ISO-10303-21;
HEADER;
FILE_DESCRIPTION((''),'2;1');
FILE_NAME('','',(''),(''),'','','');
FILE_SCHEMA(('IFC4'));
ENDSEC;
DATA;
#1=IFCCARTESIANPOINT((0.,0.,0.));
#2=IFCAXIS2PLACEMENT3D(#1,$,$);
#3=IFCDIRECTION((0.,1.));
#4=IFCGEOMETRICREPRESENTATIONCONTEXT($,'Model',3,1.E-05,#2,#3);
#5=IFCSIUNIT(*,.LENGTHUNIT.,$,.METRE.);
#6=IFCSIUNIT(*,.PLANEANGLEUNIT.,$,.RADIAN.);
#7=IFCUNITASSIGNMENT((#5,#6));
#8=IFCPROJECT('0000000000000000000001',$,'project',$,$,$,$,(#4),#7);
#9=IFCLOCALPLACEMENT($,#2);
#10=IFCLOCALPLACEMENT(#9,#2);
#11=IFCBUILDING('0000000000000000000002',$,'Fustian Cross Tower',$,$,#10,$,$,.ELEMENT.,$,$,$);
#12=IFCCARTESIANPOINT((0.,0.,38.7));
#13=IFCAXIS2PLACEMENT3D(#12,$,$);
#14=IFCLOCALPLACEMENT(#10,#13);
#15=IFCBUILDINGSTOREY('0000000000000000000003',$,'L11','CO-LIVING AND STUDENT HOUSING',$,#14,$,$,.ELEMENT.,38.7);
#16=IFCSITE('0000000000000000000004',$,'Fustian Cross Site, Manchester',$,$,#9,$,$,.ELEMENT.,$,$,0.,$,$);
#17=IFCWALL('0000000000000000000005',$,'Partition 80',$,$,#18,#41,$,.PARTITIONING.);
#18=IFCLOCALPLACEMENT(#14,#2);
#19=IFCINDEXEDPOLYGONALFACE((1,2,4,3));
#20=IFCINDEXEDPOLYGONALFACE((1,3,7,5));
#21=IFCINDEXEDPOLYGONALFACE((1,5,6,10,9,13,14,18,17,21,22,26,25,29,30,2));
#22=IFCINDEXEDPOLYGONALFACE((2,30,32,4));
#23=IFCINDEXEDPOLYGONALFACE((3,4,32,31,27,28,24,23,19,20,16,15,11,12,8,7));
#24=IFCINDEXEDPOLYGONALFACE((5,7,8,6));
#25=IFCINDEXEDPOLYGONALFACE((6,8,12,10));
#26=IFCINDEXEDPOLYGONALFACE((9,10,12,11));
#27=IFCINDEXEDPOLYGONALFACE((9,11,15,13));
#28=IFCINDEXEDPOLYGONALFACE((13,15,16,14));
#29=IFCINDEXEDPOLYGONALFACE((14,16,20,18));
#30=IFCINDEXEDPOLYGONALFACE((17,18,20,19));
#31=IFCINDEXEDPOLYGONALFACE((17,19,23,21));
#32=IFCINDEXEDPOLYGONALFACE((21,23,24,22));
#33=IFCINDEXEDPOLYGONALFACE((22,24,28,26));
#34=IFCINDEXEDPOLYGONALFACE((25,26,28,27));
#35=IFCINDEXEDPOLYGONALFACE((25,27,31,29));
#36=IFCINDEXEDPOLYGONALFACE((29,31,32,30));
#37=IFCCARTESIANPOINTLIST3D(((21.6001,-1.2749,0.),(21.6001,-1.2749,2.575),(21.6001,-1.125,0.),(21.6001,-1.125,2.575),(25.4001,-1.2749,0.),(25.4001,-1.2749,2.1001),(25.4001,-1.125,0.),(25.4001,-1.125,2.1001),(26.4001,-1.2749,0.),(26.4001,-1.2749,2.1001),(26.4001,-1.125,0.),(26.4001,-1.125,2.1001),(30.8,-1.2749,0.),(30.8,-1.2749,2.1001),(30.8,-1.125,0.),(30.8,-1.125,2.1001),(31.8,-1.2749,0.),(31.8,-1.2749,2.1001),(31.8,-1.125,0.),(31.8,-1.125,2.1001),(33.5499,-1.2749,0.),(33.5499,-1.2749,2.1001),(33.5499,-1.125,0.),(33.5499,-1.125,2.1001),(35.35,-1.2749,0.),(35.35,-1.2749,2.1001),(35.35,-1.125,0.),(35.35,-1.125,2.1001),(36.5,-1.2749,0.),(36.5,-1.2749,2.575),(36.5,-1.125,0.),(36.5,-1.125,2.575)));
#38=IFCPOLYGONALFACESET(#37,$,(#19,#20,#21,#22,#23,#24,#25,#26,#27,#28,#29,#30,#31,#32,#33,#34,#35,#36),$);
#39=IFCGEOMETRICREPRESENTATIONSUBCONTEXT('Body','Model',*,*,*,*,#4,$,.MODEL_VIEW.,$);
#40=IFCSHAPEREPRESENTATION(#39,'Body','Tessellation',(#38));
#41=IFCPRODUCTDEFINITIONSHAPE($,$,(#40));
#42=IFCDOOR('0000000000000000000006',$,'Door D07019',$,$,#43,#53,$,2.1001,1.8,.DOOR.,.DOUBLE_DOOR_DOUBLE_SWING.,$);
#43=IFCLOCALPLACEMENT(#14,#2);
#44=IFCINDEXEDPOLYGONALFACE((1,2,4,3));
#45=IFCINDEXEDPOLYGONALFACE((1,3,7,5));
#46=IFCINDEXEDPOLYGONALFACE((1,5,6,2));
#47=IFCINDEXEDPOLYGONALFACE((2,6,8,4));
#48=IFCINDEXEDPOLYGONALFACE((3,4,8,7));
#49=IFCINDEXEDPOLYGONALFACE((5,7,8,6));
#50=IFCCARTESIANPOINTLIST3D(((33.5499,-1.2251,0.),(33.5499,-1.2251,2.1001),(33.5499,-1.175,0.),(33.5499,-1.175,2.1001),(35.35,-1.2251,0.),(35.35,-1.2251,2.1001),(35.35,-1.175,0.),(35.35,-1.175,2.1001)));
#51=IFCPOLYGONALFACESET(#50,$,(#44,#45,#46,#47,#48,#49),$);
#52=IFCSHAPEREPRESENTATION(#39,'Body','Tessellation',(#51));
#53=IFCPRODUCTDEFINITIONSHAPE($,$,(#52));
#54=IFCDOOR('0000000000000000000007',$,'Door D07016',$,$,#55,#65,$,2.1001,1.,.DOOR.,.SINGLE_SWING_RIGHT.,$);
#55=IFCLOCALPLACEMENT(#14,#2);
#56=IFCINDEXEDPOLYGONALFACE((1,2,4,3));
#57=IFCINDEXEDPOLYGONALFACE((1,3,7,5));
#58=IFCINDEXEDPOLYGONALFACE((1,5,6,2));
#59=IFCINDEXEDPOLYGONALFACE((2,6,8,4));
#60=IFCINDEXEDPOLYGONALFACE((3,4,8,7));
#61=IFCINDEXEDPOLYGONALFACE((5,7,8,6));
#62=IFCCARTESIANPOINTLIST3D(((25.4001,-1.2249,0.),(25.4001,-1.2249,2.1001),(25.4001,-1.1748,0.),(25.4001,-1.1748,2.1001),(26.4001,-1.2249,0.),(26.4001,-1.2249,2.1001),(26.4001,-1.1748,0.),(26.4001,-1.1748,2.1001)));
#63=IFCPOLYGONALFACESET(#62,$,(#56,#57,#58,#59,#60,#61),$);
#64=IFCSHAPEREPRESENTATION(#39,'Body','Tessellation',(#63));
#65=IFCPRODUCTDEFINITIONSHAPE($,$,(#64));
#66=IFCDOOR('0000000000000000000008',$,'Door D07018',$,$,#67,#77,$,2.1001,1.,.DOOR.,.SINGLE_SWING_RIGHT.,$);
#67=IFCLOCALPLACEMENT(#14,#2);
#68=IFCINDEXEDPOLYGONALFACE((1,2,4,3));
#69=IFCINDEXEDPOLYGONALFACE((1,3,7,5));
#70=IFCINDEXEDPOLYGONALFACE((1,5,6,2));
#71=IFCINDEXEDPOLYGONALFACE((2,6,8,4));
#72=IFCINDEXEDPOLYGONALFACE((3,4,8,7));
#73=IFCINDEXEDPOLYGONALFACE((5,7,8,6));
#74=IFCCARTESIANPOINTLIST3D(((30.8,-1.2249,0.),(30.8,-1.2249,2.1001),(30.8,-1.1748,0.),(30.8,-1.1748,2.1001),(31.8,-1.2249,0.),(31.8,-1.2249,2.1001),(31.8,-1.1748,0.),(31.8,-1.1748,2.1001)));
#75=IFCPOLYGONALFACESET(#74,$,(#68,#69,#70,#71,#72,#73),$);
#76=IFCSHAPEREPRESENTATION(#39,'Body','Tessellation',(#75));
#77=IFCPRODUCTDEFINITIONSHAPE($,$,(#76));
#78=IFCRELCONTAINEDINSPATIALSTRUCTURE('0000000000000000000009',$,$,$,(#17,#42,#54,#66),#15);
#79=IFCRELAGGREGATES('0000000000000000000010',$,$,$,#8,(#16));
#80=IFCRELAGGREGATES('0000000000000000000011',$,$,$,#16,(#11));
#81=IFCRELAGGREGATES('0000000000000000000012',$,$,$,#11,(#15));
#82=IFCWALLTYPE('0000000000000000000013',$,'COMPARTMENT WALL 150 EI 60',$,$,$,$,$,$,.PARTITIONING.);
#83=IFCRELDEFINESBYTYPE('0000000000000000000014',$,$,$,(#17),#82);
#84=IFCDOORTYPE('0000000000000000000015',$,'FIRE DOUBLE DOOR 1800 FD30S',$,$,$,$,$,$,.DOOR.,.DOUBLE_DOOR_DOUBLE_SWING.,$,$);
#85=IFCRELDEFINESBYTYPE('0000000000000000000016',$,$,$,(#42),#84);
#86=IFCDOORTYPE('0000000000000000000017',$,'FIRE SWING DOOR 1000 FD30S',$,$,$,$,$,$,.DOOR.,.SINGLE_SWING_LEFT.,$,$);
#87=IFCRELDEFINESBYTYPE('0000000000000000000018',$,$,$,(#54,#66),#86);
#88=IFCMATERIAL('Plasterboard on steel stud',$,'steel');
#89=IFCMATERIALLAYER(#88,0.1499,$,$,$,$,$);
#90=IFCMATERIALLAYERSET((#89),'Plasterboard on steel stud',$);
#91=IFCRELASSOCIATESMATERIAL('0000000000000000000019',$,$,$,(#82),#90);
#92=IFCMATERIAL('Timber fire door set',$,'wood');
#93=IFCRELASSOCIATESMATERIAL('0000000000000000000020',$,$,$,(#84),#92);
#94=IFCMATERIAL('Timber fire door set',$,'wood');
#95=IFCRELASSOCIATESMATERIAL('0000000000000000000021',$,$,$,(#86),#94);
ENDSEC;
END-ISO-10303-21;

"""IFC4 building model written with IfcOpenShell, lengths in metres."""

from ifc_helpers import new_model, si_unit, direction, frame, frame_2d, origin, place, context, subcontext, project, spatial, rectangle, extrude, material, layer, layer_set, type_object, element, fill, save


model = new_model("IFC4")

# Units and contexts
model_context = context("Model", 3, precision=1e-05, world=origin(), true_north=direction((0.0, 1.0)))
body_context = subcontext(model_context, "Body", "Model", "MODEL_VIEW")
ifc_project = project(units=[si_unit("LENGTHUNIT", "METRE"), si_unit("PLANEANGLEUNIT", "RADIAN")], contexts=[model_context])

# Site, building, storey
site_placement = place(None, origin())
site = spatial("IfcSite", under=ifc_project, at=site_placement, Name="Fustian Cross Site, Manchester", CompositionType="ELEMENT", RefElevation=0.0)
building_placement = place(site_placement, origin())
building = spatial("IfcBuilding", under=site, at=building_placement, Name="Fustian Cross Tower", CompositionType="ELEMENT")
storey_placement = place(building_placement, frame((0.0, 0.0, 38.7)))
storey = spatial("IfcBuildingStorey", under=building, at=storey_placement, Name="L11", Description="CO-LIVING AND STUDENT HOUSING", CompositionType="ELEMENT", Elevation=38.7)

# Wall, openings, doors
ifc_material_1 = material(Name="Plasterboard on steel stud", Category="steel")
ifc_layer_1 = layer(ifc_material_1, 0.1499)
ifc_layer_set_1 = layer_set([ifc_layer_1], Name="Plasterboard on steel stud")
wall_type_1 = type_object("IfcWallType", Name="COMPARTMENT WALL 150 EI 60", PredefinedType="PARTITIONING", material=ifc_layer_set_1)
wall_1_placement = place(storey_placement, frame((21.6001, -1.2, 0.0), z_axis=(0.0, 0.0, 1.0), x_axis=(1.0, 0.0, 0.0)))
wall_1 = element("IfcWall", 1, at=wall_1_placement, inside=storey, type_object=wall_type_1, Name="Partition 80", PredefinedType="PARTITIONING", context=body_context, shape_type="SweptSolid", body=[
    extrude(rectangle(XDim=14.8999, YDim=0.1499, at=frame_2d((7.45, 0.0))), origin(), (0.0, 0.0, 1.0), 2.575),
])
opening_1_placement = place(wall_1_placement, frame((3.8, 0.0, 0.0)))
opening_1 = element("IfcOpeningElement", 2, at=opening_1_placement, cuts=wall_1, PredefinedType="OPENING", context=body_context, shape_type="SweptSolid", body=[
    extrude(rectangle(XDim=1.0, YDim=2.1001, at=frame_2d((0.5, 1.05))), frame((0.0, 0.085, 0.0), z_axis=(0.0, -1.0, 0.0), x_axis=(1.0, 0.0, 0.0)), (0.0, 0.0, 1.0), 0.1699),
])
opening_2_placement = place(wall_1_placement, frame((9.2, 0.0, 0.0)))
opening_2 = element("IfcOpeningElement", 3, at=opening_2_placement, cuts=wall_1, PredefinedType="OPENING", context=body_context, shape_type="SweptSolid", body=[
    extrude(rectangle(XDim=1.0, YDim=2.1001, at=frame_2d((0.5, 1.05))), frame((0.0, 0.085, 0.0), z_axis=(0.0, -1.0, 0.0), x_axis=(1.0, 0.0, 0.0)), (0.0, 0.0, 1.0), 0.1699),
])
opening_3_placement = place(wall_1_placement, frame((11.95, 0.0, 0.0)))
opening_3 = element("IfcOpeningElement", 4, at=opening_3_placement, cuts=wall_1, PredefinedType="OPENING", context=body_context, shape_type="SweptSolid", body=[
    extrude(rectangle(XDim=1.8, YDim=2.1001, at=frame_2d((0.8999, 1.05))), frame((0.0, 0.085, 0.0), z_axis=(0.0, -1.0, 0.0), x_axis=(1.0, 0.0, 0.0)), (0.0, 0.0, 1.0), 0.1699),
])
ifc_material_2 = material(Name="Timber fire door set", Category="wood")
door_type_1 = type_object("IfcDoorType", Name="FIRE DOUBLE DOOR 1800 FD30S", OperationType="DOUBLE_DOOR_DOUBLE_SWING", PredefinedType="DOOR", material=ifc_material_2)
door_1_placement = place(opening_3_placement, origin())
door_1 = element("IfcDoor", 5, at=door_1_placement, inside=storey, type_object=door_type_1, Name="Door D07019", OperationType="DOUBLE_DOOR_DOUBLE_SWING", OverallHeight=2.1001, OverallWidth=1.8, PredefinedType="DOOR", context=body_context, shape_type="SweptSolid", body=[
    extrude(rectangle(XDim=1.8, YDim=2.1001, at=frame_2d((0.8999, 1.05))), frame((0.0, 0.0249, 0.0), z_axis=(0.0, -1.0, 0.0), x_axis=(1.0, 0.0, 0.0)), (0.0, 0.0, 1.0), 0.05),
])
fill(opening_3, door_1)
ifc_material_3 = material(Name="Timber fire door set", Category="wood")
door_type_2 = type_object("IfcDoorType", Name="FIRE SWING DOOR 1000 FD30S", OperationType="SINGLE_SWING_LEFT", PredefinedType="DOOR", material=ifc_material_3)
door_2_placement = place(opening_1_placement, frame((1.0, 0.0, 0.0), z_axis=(0.0, 0.0, 1.0), x_axis=(-1.0, 0.0, 0.0)))
door_2 = element("IfcDoor", 6, at=door_2_placement, inside=storey, type_object=door_type_2, Name="Door D07016", OperationType="SINGLE_SWING_RIGHT", OverallHeight=2.1001, OverallWidth=1.0, PredefinedType="DOOR", context=body_context, shape_type="SweptSolid", body=[
    extrude(rectangle(XDim=1.0, YDim=2.1001, at=frame_2d((0.5, 1.05))), frame((0.0, 0.0249, 0.0), z_axis=(0.0, -1.0, 0.0), x_axis=(1.0, 0.0, 0.0)), (0.0, 0.0, 1.0), 0.05),
])
fill(opening_1, door_2)
door_3_placement = place(opening_2_placement, frame((1.0, 0.0, 0.0), z_axis=(0.0, 0.0, 1.0), x_axis=(-1.0, 0.0, 0.0)))
door_3 = element("IfcDoor", 7, at=door_3_placement, inside=storey, type_object=door_type_2, Name="Door D07018", OperationType="SINGLE_SWING_RIGHT", OverallHeight=2.1001, OverallWidth=1.0, PredefinedType="DOOR", context=body_context, shape_type="SweptSolid", body=[
    extrude(rectangle(XDim=1.0, YDim=2.1001, at=frame_2d((0.5, 1.05))), frame((0.0, 0.0249, 0.0), z_axis=(0.0, -1.0, 0.0), x_axis=(1.0, 0.0, 0.0)), (0.0, 0.0, 1.0), 0.05),
])
fill(opening_2, door_3)

save(model, "model.ifc")
